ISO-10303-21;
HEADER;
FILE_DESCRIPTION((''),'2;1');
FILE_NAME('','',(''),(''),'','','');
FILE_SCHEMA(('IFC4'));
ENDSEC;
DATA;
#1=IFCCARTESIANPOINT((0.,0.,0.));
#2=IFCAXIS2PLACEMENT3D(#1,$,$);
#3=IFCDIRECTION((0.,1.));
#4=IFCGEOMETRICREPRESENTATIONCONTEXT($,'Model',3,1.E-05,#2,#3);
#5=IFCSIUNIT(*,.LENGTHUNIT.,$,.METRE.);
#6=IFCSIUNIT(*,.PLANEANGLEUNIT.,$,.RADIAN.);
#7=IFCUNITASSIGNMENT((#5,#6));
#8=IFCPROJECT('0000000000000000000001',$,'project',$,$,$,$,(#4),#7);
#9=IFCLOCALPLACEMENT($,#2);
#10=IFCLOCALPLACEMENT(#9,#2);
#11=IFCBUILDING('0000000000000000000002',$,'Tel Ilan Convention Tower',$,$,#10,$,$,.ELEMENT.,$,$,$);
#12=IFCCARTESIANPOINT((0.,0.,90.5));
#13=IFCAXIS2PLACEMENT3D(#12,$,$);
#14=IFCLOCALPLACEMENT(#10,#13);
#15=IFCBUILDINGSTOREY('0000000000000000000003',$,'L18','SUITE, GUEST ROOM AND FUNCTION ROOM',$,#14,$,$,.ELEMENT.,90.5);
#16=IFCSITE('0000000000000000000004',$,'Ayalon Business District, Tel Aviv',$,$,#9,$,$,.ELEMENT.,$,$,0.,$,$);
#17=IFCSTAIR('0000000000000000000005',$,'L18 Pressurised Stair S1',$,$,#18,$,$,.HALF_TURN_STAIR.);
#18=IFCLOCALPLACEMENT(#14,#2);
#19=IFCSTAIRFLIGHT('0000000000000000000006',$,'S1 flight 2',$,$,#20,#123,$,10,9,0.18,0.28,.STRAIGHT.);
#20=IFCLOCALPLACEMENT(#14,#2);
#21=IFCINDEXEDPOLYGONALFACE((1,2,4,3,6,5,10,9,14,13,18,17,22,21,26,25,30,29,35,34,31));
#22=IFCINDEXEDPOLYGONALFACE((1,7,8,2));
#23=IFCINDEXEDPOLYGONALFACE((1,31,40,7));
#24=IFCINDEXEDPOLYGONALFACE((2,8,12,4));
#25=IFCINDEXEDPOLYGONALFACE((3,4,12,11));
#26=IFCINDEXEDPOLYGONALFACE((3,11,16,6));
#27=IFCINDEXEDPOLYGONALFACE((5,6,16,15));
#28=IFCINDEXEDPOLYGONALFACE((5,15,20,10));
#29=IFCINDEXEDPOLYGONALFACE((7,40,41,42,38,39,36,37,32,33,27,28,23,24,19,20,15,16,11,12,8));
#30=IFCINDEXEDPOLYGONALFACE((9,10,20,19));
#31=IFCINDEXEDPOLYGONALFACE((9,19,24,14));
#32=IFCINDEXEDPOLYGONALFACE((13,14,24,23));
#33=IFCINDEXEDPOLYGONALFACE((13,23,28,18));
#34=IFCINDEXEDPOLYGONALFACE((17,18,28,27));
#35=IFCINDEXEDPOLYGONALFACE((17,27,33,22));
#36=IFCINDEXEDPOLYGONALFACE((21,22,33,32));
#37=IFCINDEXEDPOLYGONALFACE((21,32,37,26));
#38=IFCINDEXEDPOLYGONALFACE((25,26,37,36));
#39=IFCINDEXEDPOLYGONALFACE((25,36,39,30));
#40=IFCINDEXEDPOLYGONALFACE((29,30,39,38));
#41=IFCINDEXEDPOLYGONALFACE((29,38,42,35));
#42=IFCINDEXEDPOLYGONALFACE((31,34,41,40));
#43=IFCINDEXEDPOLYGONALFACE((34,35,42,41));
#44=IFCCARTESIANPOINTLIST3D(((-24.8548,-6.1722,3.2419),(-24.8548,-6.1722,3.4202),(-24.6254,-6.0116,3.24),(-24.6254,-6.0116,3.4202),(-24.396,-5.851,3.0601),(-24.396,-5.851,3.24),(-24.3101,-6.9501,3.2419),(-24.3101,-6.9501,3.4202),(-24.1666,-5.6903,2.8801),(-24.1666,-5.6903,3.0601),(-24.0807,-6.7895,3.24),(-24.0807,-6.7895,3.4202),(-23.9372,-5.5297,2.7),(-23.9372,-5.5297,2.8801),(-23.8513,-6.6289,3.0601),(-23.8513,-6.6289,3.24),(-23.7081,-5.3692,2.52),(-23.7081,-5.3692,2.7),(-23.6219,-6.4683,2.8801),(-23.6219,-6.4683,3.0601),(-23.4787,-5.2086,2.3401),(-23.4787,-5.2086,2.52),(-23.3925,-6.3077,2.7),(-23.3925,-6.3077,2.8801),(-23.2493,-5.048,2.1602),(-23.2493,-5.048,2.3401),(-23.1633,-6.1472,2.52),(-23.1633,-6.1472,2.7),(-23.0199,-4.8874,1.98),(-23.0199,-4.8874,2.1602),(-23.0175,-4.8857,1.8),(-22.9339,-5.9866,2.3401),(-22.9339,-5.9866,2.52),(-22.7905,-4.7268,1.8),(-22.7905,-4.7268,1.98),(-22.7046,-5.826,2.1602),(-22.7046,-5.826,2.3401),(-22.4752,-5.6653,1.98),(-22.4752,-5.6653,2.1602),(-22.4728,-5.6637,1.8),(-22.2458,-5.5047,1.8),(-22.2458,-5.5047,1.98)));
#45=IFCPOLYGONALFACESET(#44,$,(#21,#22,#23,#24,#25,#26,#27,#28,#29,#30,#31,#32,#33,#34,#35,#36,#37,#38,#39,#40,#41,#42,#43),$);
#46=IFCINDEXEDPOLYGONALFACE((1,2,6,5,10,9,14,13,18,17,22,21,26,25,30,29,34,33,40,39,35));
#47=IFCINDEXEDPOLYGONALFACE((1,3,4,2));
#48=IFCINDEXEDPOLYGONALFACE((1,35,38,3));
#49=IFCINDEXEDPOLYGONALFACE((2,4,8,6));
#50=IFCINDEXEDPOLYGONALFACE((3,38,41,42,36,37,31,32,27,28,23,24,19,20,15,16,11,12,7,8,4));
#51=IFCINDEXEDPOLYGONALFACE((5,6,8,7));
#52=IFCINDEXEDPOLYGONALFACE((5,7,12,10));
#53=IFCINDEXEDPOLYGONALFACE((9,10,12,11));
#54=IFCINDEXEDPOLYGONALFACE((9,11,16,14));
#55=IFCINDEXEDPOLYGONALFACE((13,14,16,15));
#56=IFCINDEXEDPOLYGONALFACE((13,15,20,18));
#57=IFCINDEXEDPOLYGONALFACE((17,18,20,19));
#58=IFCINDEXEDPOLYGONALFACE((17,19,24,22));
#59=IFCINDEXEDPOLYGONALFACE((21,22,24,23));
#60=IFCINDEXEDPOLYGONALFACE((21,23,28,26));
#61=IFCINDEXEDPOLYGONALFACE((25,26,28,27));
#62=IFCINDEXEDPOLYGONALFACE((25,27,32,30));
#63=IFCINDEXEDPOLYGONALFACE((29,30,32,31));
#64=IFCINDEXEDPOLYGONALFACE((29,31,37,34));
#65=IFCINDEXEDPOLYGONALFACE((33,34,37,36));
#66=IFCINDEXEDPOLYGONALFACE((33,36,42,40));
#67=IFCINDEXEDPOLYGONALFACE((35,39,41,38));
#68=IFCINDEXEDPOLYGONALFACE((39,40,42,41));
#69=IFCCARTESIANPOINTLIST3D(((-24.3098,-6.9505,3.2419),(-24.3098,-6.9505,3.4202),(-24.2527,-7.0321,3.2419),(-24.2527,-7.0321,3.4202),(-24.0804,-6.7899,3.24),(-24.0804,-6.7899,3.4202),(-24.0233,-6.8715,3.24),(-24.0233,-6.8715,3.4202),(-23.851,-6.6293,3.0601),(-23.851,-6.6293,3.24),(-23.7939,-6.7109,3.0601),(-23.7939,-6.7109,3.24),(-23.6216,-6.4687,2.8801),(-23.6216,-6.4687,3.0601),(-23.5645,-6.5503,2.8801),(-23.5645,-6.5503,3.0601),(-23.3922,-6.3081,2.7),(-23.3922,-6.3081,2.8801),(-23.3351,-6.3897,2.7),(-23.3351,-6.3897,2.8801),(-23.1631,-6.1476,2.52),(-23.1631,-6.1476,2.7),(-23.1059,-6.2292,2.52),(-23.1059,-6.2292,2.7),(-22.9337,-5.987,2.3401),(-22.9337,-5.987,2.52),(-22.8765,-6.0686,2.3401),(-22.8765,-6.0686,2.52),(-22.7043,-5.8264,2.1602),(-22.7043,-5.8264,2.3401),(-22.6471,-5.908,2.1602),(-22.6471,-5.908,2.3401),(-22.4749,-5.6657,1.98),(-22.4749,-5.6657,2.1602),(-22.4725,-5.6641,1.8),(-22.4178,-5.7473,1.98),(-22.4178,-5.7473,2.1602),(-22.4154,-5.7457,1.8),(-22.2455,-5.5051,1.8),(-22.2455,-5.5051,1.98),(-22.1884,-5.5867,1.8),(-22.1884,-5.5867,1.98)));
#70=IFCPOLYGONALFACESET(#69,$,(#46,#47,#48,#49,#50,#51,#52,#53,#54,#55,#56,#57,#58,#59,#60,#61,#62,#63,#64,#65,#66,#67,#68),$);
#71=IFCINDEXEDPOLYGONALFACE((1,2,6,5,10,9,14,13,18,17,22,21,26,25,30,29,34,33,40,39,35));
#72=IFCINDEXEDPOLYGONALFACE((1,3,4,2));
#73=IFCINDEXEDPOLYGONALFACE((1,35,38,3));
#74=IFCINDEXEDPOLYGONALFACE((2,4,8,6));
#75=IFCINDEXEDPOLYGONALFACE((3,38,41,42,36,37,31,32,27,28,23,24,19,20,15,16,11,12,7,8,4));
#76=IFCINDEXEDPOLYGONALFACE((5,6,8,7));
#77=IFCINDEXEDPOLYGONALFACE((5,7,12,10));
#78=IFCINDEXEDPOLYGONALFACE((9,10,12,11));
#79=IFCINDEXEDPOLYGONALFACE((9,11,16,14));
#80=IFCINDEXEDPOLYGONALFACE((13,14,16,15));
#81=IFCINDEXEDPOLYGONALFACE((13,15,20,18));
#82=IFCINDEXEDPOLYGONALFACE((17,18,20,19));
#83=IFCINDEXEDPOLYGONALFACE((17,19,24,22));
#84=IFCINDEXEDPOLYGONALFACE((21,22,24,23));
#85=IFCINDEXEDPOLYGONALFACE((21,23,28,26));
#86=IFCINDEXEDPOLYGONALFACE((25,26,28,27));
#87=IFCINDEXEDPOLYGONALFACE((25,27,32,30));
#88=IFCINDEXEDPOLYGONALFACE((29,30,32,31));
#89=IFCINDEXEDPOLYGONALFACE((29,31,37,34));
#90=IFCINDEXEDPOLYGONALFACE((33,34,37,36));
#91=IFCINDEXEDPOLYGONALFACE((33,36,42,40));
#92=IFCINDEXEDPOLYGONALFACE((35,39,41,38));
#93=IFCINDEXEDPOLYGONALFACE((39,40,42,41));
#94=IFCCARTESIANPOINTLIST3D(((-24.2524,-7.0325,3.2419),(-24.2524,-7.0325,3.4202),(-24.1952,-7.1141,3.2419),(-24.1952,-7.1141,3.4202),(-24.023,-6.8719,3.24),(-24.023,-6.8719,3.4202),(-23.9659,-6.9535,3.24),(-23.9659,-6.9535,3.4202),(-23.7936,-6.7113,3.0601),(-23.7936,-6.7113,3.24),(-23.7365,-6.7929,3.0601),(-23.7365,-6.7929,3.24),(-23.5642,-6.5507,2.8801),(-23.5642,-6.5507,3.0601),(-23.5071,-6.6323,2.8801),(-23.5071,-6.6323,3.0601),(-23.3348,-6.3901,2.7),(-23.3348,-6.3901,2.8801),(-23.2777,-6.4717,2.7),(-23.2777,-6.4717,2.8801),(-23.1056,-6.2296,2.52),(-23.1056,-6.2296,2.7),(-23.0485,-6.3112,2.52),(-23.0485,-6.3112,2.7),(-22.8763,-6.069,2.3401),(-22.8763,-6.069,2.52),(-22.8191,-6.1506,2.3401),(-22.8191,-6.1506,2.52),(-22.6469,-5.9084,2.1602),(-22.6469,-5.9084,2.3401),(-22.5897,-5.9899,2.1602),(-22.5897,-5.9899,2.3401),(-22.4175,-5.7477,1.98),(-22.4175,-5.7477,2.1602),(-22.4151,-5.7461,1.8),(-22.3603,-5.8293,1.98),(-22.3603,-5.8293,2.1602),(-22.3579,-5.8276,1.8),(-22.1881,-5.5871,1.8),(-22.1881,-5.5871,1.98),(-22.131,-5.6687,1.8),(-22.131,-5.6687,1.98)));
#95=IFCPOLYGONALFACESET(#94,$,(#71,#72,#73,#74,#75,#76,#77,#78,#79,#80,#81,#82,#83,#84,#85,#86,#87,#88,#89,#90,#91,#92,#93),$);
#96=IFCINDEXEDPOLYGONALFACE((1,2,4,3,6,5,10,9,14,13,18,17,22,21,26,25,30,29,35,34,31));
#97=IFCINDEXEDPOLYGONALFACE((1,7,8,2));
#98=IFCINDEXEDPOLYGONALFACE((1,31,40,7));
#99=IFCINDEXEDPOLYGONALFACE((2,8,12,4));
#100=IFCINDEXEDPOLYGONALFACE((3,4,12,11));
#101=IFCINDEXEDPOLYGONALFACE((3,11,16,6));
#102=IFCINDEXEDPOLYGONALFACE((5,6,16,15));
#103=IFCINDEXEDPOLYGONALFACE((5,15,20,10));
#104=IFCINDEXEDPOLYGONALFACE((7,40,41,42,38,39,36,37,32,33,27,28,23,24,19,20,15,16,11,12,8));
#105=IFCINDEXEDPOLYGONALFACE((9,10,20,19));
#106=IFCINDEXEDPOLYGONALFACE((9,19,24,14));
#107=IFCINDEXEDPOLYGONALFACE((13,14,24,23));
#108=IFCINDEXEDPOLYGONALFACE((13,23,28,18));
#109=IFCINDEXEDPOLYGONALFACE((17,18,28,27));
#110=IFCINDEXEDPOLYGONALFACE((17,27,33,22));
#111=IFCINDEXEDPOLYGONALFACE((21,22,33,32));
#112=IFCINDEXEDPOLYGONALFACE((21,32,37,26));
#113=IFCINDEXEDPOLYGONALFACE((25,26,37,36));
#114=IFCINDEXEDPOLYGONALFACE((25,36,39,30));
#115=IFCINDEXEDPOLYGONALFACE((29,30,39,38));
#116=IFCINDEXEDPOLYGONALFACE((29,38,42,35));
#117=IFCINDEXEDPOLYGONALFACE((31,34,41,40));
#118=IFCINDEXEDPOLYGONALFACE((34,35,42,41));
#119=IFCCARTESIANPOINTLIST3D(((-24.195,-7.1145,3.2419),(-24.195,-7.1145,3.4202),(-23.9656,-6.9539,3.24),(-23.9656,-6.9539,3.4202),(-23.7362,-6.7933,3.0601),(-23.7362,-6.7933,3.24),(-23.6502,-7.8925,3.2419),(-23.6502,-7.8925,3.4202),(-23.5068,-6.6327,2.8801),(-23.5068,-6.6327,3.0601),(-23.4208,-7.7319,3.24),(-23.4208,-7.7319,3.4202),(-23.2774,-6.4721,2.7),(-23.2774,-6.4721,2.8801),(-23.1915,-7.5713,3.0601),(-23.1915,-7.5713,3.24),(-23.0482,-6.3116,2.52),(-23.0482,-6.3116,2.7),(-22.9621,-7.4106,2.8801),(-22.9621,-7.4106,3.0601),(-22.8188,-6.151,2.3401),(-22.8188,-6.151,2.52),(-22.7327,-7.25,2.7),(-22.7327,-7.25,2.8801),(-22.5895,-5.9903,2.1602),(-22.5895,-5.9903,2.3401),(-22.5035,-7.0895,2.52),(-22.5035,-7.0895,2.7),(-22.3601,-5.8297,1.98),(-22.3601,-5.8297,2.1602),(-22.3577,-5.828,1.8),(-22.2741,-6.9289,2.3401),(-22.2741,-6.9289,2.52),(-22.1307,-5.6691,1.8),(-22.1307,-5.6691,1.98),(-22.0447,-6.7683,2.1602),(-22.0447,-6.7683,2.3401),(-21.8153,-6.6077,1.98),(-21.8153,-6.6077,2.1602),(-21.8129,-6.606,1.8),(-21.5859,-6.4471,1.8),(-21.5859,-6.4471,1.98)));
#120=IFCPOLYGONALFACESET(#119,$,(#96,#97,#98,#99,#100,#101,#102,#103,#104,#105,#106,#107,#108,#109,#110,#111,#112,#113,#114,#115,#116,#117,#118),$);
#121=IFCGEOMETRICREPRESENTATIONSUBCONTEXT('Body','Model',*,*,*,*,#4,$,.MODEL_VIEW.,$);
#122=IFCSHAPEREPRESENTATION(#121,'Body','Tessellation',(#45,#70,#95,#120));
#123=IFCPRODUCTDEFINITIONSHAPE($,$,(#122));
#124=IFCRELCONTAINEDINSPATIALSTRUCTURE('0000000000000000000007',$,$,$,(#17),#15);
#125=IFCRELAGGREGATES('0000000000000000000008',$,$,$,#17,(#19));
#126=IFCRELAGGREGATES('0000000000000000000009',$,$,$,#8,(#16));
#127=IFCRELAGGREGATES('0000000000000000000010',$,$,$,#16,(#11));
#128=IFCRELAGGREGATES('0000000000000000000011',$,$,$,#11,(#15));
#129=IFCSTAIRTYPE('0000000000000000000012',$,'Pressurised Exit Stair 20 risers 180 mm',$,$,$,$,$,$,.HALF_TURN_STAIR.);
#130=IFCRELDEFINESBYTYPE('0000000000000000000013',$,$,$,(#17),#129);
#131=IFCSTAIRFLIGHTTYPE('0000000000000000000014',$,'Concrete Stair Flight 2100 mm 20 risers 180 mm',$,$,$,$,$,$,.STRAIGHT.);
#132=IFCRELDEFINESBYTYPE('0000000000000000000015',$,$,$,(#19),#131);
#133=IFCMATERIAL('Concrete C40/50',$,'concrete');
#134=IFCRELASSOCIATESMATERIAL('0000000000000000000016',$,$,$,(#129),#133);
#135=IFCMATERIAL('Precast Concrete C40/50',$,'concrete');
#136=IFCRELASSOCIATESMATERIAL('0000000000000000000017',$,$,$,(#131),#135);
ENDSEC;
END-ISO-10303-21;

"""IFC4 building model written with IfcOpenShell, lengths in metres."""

from ifc_helpers import new_model, si_unit, direction, frame, origin, place, context, subcontext, project, spatial, polyline, outline, extrude, material, type_object, element, aggregate, save


model = new_model("IFC4")

# Units and contexts
model_context = context("Model", 3, precision=1e-05, world=origin(), true_north=direction((0.0, 1.0)))
body_context = subcontext(model_context, "Body", "Model", "MODEL_VIEW")
ifc_project = project(units=[si_unit("LENGTHUNIT", "METRE"), si_unit("PLANEANGLEUNIT", "RADIAN")], contexts=[model_context])

# Site, building, storey
site_placement = place(None, origin())
site = spatial("IfcSite", under=ifc_project, at=site_placement, Name="Ayalon Business District, Tel Aviv", CompositionType="ELEMENT", RefElevation=0.0)
building_placement = place(site_placement, origin())
building = spatial("IfcBuilding", under=site, at=building_placement, Name="Tel Ilan Convention Tower", CompositionType="ELEMENT")
storey_placement = place(building_placement, frame((0.0, 0.0, 90.5)))
storey = spatial("IfcBuildingStorey", under=building, at=storey_placement, Name="L18", Description="SUITE, GUEST ROOM AND FUNCTION ROOM", CompositionType="ELEMENT", Elevation=90.5)

# Stair, stair flight
ifc_material_1 = material(Name="Concrete C40/50", Category="concrete")
stair_type = type_object("IfcStairType", Name="Pressurised Exit Stair 20 risers 180 mm", PredefinedType="HALF_TURN_STAIR", material=ifc_material_1)
stair_1_placement = place(storey_placement, origin())
stair_1 = element("IfcStair", 1, at=stair_1_placement, inside=storey, type_object=stair_type, Name="L18 Pressurised Stair S1", PredefinedType="HALF_TURN_STAIR")
ifc_material_2 = material(Name="Precast Concrete C40/50", Category="concrete")
stair_flight_type = type_object("IfcStairFlightType", Name="Concrete Stair Flight 2100 mm 20 risers 180 mm", PredefinedType="STRAIGHT", material=ifc_material_2)
stair_flight_1_placement = place(storey_placement, frame((-22.1882, -5.5869, 1.8), z_axis=(0.0, 0.0, 1.0), x_axis=(-0.819152, -0.573576, 0.0)))
stair_flight_1 = element("IfcStairFlight", 2, at=stair_flight_1_placement, type_object=stair_flight_type, Name="S1 flight 2", NumberOfRisers=10, NumberOfTreads=9, PredefinedType="STRAIGHT", RiserHeight=0.18, TreadLength=0.28, context=body_context, shape_type="SweptSolid", body=[
    extrude(outline(polyline([(0.0, 0.0), (0.0, 0.1799), (0.28, 0.1799), (0.28, 0.3601), (0.5601, 0.3601), (0.5601, 0.54), (0.8401, 0.54), (0.8401, 0.72), (1.1201, 0.72), (1.1201, 0.8999), (1.3999, 0.8999), (1.3999, 1.0801), (1.6799, 1.0801), (1.6799, 1.26), (1.96, 1.26), (1.96, 1.4399), (2.24, 1.4399), (2.24, 1.6201), (2.52, 1.6201), (2.52, 1.8), (2.52, 1.4419), (0.2771, 0.0), (0.0, 0.0)])), frame((0.0, -0.1003, 0.0), z_axis=(0.0, -1.0, 0.0), x_axis=(1.0, 0.0, 0.0)), (0.0, 0.0, 1.0), 0.9497),
    extrude(outline(polyline([(0.0, 0.0), (0.0, 0.1799), (0.28, 0.1799), (0.28, 0.3601), (0.5601, 0.3601), (0.5601, 0.54), (0.8401, 0.54), (0.8401, 0.72), (1.1201, 0.72), (1.1201, 0.8999), (1.3999, 0.8999), (1.3999, 1.0801), (1.6799, 1.0801), (1.6799, 1.26), (1.96, 1.26), (1.96, 1.4399), (2.24, 1.4399), (2.24, 1.6201), (2.52, 1.6201), (2.52, 1.8), (2.52, 1.4419), (0.2771, 0.0), (0.0, 0.0)])), frame((0.0, -0.0002, 0.0), z_axis=(0.0, -1.0, 0.0), x_axis=(1.0, 0.0, 0.0)), (0.0, 0.0, 1.0), 0.0996),
    extrude(outline(polyline([(0.0, 0.0), (0.0, 0.1799), (0.28, 0.1799), (0.28, 0.3601), (0.5601, 0.3601), (0.5601, 0.54), (0.8401, 0.54), (0.8401, 0.72), (1.1201, 0.72), (1.1201, 0.8999), (1.3999, 0.8999), (1.3999, 1.0801), (1.6799, 1.0801), (1.6799, 1.26), (1.96, 1.26), (1.96, 1.4399), (2.24, 1.4399), (2.24, 1.6201), (2.52, 1.6201), (2.52, 1.8), (2.52, 1.4419), (0.2771, 0.0), (0.0, 0.0)])), frame((0.0, 0.0999, 0.0), z_axis=(0.0, -1.0, 0.0), x_axis=(1.0, 0.0, 0.0)), (0.0, 0.0, 1.0), 0.0996),
    extrude(outline(polyline([(0.0, 0.0), (0.0, 0.1799), (0.28, 0.1799), (0.28, 0.3601), (0.5601, 0.3601), (0.5601, 0.54), (0.8401, 0.54), (0.8401, 0.72), (1.1201, 0.72), (1.1201, 0.8999), (1.3999, 0.8999), (1.3999, 1.0801), (1.6799, 1.0801), (1.6799, 1.26), (1.96, 1.26), (1.96, 1.4399), (2.24, 1.4399), (2.24, 1.6201), (2.52, 1.6201), (2.52, 1.8), (2.52, 1.4419), (0.2771, 0.0), (0.0, 0.0)])), frame((0.0, 1.05, 0.0), z_axis=(0.0, -1.0, 0.0), x_axis=(1.0, 0.0, 0.0)), (0.0, 0.0, 1.0), 0.9497),
])
aggregate(stair_1, [stair_flight_1])

save(model, "model.ifc")
